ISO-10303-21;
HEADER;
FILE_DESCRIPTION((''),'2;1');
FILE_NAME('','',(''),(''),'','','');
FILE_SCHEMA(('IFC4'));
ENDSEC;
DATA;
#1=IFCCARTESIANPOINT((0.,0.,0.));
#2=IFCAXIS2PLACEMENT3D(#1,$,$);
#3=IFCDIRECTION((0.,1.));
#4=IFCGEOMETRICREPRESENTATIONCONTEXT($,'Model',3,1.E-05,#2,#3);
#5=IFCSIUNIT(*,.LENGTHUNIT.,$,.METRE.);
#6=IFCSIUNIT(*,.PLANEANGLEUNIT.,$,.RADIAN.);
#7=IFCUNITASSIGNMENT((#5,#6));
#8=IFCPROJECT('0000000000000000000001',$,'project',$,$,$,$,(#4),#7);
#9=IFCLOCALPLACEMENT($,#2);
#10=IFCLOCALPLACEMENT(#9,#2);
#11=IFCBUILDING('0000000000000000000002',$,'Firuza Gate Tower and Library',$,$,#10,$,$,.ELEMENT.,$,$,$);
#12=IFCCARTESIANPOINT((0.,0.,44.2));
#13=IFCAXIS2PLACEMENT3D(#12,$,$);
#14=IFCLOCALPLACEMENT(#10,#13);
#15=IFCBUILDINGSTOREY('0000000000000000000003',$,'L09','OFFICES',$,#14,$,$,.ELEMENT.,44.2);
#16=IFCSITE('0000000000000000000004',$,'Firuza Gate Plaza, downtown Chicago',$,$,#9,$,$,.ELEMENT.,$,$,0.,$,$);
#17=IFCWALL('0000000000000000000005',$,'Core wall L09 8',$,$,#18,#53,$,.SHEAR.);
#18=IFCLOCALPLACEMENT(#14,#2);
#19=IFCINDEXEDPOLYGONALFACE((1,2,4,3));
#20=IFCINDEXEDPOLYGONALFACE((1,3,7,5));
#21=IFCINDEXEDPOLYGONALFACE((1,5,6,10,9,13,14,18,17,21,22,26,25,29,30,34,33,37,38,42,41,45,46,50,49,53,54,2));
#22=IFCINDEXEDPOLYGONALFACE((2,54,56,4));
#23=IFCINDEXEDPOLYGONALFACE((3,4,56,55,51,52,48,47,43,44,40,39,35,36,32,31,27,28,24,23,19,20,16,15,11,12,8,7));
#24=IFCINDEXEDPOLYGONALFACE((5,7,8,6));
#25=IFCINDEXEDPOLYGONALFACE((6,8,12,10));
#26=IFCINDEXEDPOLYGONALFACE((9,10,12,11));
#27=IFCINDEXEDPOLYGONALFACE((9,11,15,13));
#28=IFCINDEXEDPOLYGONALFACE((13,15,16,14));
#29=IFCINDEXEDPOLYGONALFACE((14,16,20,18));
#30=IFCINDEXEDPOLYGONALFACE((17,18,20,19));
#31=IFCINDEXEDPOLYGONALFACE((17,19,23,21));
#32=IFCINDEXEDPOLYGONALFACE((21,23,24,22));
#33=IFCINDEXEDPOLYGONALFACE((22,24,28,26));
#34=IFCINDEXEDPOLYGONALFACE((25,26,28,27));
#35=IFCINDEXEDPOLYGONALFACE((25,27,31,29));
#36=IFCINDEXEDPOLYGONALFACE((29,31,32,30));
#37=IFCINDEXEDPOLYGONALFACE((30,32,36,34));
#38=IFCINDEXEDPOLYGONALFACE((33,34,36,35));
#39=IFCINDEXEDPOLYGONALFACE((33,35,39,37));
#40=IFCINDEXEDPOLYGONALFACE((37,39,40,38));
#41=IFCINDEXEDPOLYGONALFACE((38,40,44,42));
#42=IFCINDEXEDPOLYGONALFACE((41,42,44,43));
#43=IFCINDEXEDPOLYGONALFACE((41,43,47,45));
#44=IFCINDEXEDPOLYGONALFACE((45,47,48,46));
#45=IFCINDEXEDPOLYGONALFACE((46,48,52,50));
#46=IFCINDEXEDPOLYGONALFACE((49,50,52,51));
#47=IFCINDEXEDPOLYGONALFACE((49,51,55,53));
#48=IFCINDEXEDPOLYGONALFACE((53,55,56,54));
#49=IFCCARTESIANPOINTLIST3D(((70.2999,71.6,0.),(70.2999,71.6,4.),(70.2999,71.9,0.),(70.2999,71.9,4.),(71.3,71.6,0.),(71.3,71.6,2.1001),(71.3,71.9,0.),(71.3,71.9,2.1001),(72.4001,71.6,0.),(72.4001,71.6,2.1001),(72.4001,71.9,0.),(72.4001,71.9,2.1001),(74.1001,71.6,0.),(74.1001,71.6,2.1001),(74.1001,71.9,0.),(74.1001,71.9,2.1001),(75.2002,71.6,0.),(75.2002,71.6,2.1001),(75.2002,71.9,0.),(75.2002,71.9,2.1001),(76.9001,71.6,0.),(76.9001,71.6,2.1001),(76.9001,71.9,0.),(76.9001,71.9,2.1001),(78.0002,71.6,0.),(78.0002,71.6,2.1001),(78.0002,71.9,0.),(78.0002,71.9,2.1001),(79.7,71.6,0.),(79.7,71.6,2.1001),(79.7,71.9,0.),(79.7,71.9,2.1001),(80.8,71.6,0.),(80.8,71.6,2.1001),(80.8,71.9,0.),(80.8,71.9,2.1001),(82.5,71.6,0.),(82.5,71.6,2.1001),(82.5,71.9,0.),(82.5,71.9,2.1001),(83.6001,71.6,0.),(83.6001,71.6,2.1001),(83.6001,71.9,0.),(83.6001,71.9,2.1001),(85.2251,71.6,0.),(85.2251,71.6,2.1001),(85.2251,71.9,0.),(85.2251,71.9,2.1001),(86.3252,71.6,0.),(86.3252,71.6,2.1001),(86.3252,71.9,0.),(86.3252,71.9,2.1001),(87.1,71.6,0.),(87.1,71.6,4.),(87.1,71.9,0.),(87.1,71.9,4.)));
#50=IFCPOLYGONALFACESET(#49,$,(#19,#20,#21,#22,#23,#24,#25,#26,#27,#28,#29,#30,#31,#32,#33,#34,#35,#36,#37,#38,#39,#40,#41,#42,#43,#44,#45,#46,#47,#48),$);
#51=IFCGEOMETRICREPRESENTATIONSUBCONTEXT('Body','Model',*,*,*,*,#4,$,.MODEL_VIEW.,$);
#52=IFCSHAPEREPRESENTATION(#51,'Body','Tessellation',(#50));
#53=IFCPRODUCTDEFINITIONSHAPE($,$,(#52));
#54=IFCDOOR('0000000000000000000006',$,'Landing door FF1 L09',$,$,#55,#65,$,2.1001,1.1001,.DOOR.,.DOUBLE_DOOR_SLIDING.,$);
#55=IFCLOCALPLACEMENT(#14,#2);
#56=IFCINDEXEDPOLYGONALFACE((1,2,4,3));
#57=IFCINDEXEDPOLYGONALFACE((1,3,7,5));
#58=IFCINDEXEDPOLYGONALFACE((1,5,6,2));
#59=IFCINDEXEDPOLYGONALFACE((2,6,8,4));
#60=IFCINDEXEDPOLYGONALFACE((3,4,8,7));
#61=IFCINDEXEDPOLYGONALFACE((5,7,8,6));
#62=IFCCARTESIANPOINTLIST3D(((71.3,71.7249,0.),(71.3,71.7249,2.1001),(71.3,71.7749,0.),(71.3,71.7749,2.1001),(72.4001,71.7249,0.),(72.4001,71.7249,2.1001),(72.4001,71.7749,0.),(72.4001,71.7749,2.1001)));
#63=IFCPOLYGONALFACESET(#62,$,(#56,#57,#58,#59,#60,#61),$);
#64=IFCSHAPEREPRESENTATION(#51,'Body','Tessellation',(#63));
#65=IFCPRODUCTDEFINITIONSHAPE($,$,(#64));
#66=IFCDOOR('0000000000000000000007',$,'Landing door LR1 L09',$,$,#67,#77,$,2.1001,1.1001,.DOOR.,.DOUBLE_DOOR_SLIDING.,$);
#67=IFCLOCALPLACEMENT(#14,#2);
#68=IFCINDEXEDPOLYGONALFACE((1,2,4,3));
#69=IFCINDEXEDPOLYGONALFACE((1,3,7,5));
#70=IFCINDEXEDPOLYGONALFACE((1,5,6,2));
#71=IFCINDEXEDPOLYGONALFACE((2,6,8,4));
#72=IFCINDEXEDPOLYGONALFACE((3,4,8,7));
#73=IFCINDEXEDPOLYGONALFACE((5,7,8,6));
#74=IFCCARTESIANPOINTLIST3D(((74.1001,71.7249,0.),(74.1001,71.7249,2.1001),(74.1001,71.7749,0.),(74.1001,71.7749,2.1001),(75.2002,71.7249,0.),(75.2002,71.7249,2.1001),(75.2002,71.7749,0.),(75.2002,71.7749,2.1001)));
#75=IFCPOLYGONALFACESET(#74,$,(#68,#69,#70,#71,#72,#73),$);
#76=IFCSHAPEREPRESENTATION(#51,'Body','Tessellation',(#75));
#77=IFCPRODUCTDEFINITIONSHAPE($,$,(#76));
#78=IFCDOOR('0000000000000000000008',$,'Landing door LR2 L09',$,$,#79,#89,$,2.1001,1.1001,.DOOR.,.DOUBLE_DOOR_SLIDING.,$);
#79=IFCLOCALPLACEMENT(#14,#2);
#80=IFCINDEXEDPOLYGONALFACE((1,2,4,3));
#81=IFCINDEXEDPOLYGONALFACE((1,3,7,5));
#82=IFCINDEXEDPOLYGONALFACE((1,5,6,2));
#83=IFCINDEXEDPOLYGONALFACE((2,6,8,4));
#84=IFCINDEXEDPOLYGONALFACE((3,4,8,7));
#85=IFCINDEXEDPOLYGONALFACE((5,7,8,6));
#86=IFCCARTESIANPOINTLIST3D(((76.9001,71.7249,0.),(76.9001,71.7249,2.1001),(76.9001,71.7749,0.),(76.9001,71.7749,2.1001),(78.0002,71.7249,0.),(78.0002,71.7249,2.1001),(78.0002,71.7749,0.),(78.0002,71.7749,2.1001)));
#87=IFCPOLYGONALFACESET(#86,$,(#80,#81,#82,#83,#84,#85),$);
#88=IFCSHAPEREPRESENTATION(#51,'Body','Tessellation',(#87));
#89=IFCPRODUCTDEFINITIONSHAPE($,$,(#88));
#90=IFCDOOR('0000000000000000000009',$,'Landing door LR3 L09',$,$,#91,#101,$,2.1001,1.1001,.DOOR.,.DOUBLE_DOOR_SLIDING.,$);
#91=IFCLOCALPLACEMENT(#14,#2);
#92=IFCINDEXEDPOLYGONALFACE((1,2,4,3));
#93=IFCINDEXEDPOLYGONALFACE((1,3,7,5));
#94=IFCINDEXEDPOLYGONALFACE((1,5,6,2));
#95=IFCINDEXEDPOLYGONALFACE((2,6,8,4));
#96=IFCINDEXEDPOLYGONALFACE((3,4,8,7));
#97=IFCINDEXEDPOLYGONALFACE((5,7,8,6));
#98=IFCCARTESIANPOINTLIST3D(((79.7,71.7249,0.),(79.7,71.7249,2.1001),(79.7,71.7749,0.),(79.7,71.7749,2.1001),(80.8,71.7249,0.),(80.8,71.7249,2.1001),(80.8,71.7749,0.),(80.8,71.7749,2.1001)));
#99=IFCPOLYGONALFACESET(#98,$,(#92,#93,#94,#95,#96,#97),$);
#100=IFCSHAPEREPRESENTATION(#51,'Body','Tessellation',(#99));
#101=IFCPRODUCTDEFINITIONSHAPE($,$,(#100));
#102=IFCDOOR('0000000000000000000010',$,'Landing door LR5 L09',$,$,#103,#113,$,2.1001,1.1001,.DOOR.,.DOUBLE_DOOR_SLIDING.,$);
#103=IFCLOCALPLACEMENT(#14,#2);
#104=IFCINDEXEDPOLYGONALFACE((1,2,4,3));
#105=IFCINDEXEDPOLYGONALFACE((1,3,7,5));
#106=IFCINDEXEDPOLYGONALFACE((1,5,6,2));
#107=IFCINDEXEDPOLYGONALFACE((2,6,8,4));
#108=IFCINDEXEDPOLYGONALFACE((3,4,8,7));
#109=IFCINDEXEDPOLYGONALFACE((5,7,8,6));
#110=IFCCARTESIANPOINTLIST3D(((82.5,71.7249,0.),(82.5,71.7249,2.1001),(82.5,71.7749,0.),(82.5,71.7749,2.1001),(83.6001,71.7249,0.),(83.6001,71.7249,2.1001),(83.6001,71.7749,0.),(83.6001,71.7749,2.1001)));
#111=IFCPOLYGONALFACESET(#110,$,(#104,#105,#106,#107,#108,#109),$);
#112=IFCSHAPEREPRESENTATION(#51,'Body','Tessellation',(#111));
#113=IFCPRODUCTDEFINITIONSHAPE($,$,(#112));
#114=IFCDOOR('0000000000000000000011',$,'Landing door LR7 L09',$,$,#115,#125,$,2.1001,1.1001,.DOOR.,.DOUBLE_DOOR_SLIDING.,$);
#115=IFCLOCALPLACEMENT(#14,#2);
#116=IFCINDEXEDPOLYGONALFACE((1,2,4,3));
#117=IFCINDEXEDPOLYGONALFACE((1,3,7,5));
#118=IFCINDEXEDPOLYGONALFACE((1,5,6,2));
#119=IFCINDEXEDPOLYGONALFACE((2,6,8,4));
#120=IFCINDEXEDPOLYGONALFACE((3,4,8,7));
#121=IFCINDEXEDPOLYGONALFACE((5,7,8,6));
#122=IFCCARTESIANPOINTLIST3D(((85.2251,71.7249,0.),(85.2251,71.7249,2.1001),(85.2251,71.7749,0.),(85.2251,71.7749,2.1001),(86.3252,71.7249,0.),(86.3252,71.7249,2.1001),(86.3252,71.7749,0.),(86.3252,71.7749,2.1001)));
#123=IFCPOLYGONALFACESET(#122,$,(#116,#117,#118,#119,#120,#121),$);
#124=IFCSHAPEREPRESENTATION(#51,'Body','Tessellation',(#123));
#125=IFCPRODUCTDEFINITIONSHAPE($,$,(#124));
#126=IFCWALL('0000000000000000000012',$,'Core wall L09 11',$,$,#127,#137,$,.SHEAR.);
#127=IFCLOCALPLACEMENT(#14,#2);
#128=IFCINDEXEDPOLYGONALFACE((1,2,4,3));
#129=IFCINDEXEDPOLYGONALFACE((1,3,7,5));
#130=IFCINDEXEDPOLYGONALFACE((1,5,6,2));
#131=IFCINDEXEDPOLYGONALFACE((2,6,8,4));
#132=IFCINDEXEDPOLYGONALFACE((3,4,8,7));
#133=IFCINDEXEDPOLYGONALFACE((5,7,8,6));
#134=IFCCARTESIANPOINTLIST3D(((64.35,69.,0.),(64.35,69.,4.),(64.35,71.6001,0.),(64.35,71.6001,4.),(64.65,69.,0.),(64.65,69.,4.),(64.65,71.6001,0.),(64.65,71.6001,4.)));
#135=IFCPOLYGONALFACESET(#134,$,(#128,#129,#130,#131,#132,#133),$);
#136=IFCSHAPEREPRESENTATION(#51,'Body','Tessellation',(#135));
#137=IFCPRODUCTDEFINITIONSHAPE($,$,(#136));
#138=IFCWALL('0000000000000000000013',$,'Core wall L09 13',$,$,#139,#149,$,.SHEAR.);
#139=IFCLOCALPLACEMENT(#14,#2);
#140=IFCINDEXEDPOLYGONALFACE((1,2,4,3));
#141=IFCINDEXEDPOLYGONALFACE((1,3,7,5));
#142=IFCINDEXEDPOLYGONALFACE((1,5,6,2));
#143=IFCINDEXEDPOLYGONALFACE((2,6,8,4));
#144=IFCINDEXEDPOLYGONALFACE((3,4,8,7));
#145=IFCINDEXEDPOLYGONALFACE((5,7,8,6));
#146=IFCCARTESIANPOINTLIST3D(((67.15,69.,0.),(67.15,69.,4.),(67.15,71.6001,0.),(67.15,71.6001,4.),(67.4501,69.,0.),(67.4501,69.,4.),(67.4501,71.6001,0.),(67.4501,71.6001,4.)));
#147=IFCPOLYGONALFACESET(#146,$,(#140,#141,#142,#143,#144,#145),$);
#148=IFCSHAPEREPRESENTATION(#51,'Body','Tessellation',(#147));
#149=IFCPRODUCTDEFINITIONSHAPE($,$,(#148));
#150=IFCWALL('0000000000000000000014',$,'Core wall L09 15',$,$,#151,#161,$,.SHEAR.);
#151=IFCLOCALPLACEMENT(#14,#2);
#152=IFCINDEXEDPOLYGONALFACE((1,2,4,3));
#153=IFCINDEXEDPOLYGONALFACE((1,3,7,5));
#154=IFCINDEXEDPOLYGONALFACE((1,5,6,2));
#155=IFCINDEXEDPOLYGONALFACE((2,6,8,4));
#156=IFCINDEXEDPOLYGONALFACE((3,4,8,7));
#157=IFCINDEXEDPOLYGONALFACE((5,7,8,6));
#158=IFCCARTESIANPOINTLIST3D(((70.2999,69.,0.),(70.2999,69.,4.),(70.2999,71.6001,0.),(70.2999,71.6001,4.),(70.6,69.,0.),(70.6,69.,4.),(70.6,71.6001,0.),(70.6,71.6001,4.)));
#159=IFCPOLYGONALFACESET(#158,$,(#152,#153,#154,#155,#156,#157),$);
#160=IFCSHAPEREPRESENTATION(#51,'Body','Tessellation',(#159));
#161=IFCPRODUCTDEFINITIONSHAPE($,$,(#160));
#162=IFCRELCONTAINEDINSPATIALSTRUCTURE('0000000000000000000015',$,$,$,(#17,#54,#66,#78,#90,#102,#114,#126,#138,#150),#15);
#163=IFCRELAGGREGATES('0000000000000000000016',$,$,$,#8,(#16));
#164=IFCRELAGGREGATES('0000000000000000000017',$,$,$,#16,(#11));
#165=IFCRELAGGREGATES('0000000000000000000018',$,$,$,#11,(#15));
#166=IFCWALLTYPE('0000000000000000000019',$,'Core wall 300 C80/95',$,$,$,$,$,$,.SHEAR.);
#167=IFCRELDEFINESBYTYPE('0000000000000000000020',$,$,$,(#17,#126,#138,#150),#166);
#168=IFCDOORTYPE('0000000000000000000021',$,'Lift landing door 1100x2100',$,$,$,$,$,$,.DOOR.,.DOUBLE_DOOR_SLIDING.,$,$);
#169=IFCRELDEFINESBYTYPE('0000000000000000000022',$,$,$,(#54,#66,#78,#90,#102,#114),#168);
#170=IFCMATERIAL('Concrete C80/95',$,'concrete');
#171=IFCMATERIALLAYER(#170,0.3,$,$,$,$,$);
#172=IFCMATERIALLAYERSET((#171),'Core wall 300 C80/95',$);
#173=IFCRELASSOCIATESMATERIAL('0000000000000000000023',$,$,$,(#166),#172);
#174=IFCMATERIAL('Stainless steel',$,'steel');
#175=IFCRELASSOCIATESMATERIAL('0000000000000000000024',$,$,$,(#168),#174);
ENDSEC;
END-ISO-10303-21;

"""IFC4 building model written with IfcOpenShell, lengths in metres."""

from ifc_helpers import new_model, si_unit, direction, frame, frame_2d, origin, place, context, subcontext, project, spatial, rectangle, extrude, material, layer, layer_set, type_object, element, fill, save


model = new_model("IFC4")

# Units and contexts
model_context = context("Model", 3, precision=1e-05, world=origin(), true_north=direction((0.0, 1.0)))
body_context = subcontext(model_context, "Body", "Model", "MODEL_VIEW")
ifc_project = project(units=[si_unit("LENGTHUNIT", "METRE"), si_unit("PLANEANGLEUNIT", "RADIAN")], contexts=[model_context])

# Site, building, storey
site_placement = place(None, origin())
site = spatial("IfcSite", under=ifc_project, at=site_placement, Name="Firuza Gate Plaza, downtown Chicago", CompositionType="ELEMENT", RefElevation=0.0)
building_placement = place(site_placement, origin())
building = spatial("IfcBuilding", under=site, at=building_placement, Name="Firuza Gate Tower and Library", CompositionType="ELEMENT")
storey_placement = place(building_placement, frame((0.0, 0.0, 44.2)))
storey = spatial("IfcBuildingStorey", under=building, at=storey_placement, Name="L09", Description="OFFICES", CompositionType="ELEMENT", Elevation=44.2)

# Shared definitions
ifc_material_1 = material(Name="Concrete C80/95", Category="concrete")
ifc_layer_1 = layer(ifc_material_1, 0.3)
ifc_layer_set_1 = layer_set([ifc_layer_1], Name="Core wall 300 C80/95")
wall_type_1 = type_object("IfcWallType", Name="Core wall 300 C80/95", PredefinedType="SHEAR", material=ifc_layer_set_1)

# Wall, openings, doors
wall_1_placement = place(storey_placement, frame((70.3, 71.75, 0.0), z_axis=(0.0, 0.0, 1.0), x_axis=(1.0, 0.0, 0.0)))
wall_1 = element("IfcWall", 1, at=wall_1_placement, inside=storey, type_object=wall_type_1, Name="Core wall L09 8", PredefinedType="SHEAR", context=body_context, shape_type="SweptSolid", body=[
    extrude(rectangle(XDim=16.8, YDim=0.3, at=frame_2d((8.3999, 0.0))), origin(), (0.0, 0.0, 1.0), 4.0),
])
opening_1_placement = place(wall_1_placement, frame((1.0, 0.0, 0.0)))
opening_1 = element("IfcOpeningElement", 2, at=opening_1_placement, cuts=wall_1, PredefinedType="OPENING", context=body_context, shape_type="SweptSolid", body=[
    extrude(rectangle(XDim=1.1001, YDim=2.1001, at=frame_2d((0.55, 1.05))), frame((0.0, 0.1602, 0.0), z_axis=(0.0, -1.0, 0.0), x_axis=(1.0, 0.0, 0.0)), (0.0, 0.0, 1.0), 0.3201),
])
opening_2_placement = place(wall_1_placement, frame((3.8, 0.0, 0.0)))
opening_2 = element("IfcOpeningElement", 3, at=opening_2_placement, cuts=wall_1, PredefinedType="OPENING", context=body_context, shape_type="SweptSolid", body=[
    extrude(rectangle(XDim=1.1001, YDim=2.1001, at=frame_2d((0.55, 1.05))), frame((0.0, 0.1602, 0.0), z_axis=(0.0, -1.0, 0.0), x_axis=(1.0, 0.0, 0.0)), (0.0, 0.0, 1.0), 0.3201),
])
opening_3_placement = place(wall_1_placement, frame((6.6001, 0.0, 0.0)))
opening_3 = element("IfcOpeningElement", 4, at=opening_3_placement, cuts=wall_1, PredefinedType="OPENING", context=body_context, shape_type="SweptSolid", body=[
    extrude(rectangle(XDim=1.1001, YDim=2.1001, at=frame_2d((0.55, 1.05))), frame((0.0, 0.1602, 0.0), z_axis=(0.0, -1.0, 0.0), x_axis=(1.0, 0.0, 0.0)), (0.0, 0.0, 1.0), 0.3201),
])
opening_4_placement = place(wall_1_placement, frame((9.3999, 0.0, 0.0)))
opening_4 = element("IfcOpeningElement", 5, at=opening_4_placement, cuts=wall_1, PredefinedType="OPENING", context=body_context, shape_type="SweptSolid", body=[
    extrude(rectangle(XDim=1.1001, YDim=2.1001, at=frame_2d((0.55, 1.05))), frame((0.0, 0.1602, 0.0), z_axis=(0.0, -1.0, 0.0), x_axis=(1.0, 0.0, 0.0)), (0.0, 0.0, 1.0), 0.3201),
])
opening_5_placement = place(wall_1_placement, frame((12.2, 0.0, 0.0)))
opening_5 = element("IfcOpeningElement", 6, at=opening_5_placement, cuts=wall_1, PredefinedType="OPENING", context=body_context, shape_type="SweptSolid", body=[
    extrude(rectangle(XDim=1.1001, YDim=2.1001, at=frame_2d((0.55, 1.05))), frame((0.0, 0.1602, 0.0), z_axis=(0.0, -1.0, 0.0), x_axis=(1.0, 0.0, 0.0)), (0.0, 0.0, 1.0), 0.3201),
])
opening_6_placement = place(wall_1_placement, frame((14.925, 0.0, 0.0)))
opening_6 = element("IfcOpeningElement", 7, at=opening_6_placement, cuts=wall_1, PredefinedType="OPENING", context=body_context, shape_type="SweptSolid", body=[
    extrude(rectangle(XDim=1.1001, YDim=2.1001, at=frame_2d((0.55, 1.05))), frame((0.0, 0.1602, 0.0), z_axis=(0.0, -1.0, 0.0), x_axis=(1.0, 0.0, 0.0)), (0.0, 0.0, 1.0), 0.3201),
])
ifc_material_2 = material(Name="Stainless steel", Category="steel")
door_type_1 = type_object("IfcDoorType", Name="Lift landing door 1100x2100", OperationType="DOUBLE_DOOR_SLIDING", PredefinedType="DOOR", material=ifc_material_2)
door_1_placement = place(opening_1_placement, origin())
door_1 = element("IfcDoor", 8, at=door_1_placement, inside=storey, type_object=door_type_1, Name="Landing door FF1 L09", OperationType="DOUBLE_DOOR_SLIDING", OverallHeight=2.1001, OverallWidth=1.1001, PredefinedType="DOOR", context=body_context, shape_type="SweptSolid", body=[
    extrude(rectangle(XDim=1.1001, YDim=2.1001, at=frame_2d((0.55, 1.05))), frame((0.0, 0.0249, 0.0), z_axis=(0.0, -1.0, 0.0), x_axis=(1.0, 0.0, 0.0)), (0.0, 0.0, 1.0), 0.05),
])
fill(opening_1, door_1)
door_2_placement = place(opening_2_placement, origin())
door_2 = element("IfcDoor", 9, at=door_2_placement, inside=storey, type_object=door_type_1, Name="Landing door LR1 L09", OperationType="DOUBLE_DOOR_SLIDING", OverallHeight=2.1001, OverallWidth=1.1001, PredefinedType="DOOR", context=body_context, shape_type="SweptSolid", body=[
    extrude(rectangle(XDim=1.1001, YDim=2.1001, at=frame_2d((0.55, 1.05))), frame((0.0, 0.0249, 0.0), z_axis=(0.0, -1.0, 0.0), x_axis=(1.0, 0.0, 0.0)), (0.0, 0.0, 1.0), 0.05),
])
fill(opening_2, door_2)
door_3_placement = place(opening_3_placement, origin())
door_3 = element("IfcDoor", 10, at=door_3_placement, inside=storey, type_object=door_type_1, Name="Landing door LR2 L09", OperationType="DOUBLE_DOOR_SLIDING", OverallHeight=2.1001, OverallWidth=1.1001, PredefinedType="DOOR", context=body_context, shape_type="SweptSolid", body=[
    extrude(rectangle(XDim=1.1001, YDim=2.1001, at=frame_2d((0.55, 1.05))), frame((0.0, 0.0249, 0.0), z_axis=(0.0, -1.0, 0.0), x_axis=(1.0, 0.0, 0.0)), (0.0, 0.0, 1.0), 0.05),
])
fill(opening_3, door_3)
door_4_placement = place(opening_4_placement, origin())
door_4 = element("IfcDoor", 11, at=door_4_placement, inside=storey, type_object=door_type_1, Name="Landing door LR3 L09", OperationType="DOUBLE_DOOR_SLIDING", OverallHeight=2.1001, OverallWidth=1.1001, PredefinedType="DOOR", context=body_context, shape_type="SweptSolid", body=[
    extrude(rectangle(XDim=1.1001, YDim=2.1001, at=frame_2d((0.55, 1.05))), frame((0.0, 0.0249, 0.0), z_axis=(0.0, -1.0, 0.0), x_axis=(1.0, 0.0, 0.0)), (0.0, 0.0, 1.0), 0.05),
])
fill(opening_4, door_4)
door_5_placement = place(opening_5_placement, origin())
door_5 = element("IfcDoor", 12, at=door_5_placement, inside=storey, type_object=door_type_1, Name="Landing door LR5 L09", OperationType="DOUBLE_DOOR_SLIDING", OverallHeight=2.1001, OverallWidth=1.1001, PredefinedType="DOOR", context=body_context, shape_type="SweptSolid", body=[
    extrude(rectangle(XDim=1.1001, YDim=2.1001, at=frame_2d((0.55, 1.05))), frame((0.0, 0.0249, 0.0), z_axis=(0.0, -1.0, 0.0), x_axis=(1.0, 0.0, 0.0)), (0.0, 0.0, 1.0), 0.05),
])
fill(opening_5, door_5)
door_6_placement = place(opening_6_placement, origin())
door_6 = element("IfcDoor", 13, at=door_6_placement, inside=storey, type_object=door_type_1, Name="Landing door LR7 L09", OperationType="DOUBLE_DOOR_SLIDING", OverallHeight=2.1001, OverallWidth=1.1001, PredefinedType="DOOR", context=body_context, shape_type="SweptSolid", body=[
    extrude(rectangle(XDim=1.1001, YDim=2.1001, at=frame_2d((0.55, 1.05))), frame((0.0, 0.0249, 0.0), z_axis=(0.0, -1.0, 0.0), x_axis=(1.0, 0.0, 0.0)), (0.0, 0.0, 1.0), 0.05),
])
fill(opening_6, door_6)

# Walls
for number, where, z_axis, x_axis, name in (
    (14, (64.5, 69.0, 0.0), (0.0, 0.0, 1.0), (0.0, 1.0, 0.0), "Core wall L09 11"),
    (15, (67.3, 69.0, 0.0), (0.0, 0.0, 1.0), (0.0, 1.0, 0.0), "Core wall L09 13"),
    (16, (70.45, 69.0, 0.0), (0.0, 0.0, 1.0), (0.0, 1.0, 0.0), "Core wall L09 15"),
):
    element("IfcWall", number, at=place(storey_placement, frame(where, z_axis=z_axis, x_axis=x_axis)), inside=storey, type_object=wall_type_1, Name=name, PredefinedType="SHEAR", context=body_context, shape_type="SweptSolid", body=[
        extrude(rectangle(XDim=2.6001, YDim=0.3, at=frame_2d((1.3, 0.0))), origin(), (0.0, 0.0, 1.0), 4.0),
    ])

save(model, "model.ifc")
